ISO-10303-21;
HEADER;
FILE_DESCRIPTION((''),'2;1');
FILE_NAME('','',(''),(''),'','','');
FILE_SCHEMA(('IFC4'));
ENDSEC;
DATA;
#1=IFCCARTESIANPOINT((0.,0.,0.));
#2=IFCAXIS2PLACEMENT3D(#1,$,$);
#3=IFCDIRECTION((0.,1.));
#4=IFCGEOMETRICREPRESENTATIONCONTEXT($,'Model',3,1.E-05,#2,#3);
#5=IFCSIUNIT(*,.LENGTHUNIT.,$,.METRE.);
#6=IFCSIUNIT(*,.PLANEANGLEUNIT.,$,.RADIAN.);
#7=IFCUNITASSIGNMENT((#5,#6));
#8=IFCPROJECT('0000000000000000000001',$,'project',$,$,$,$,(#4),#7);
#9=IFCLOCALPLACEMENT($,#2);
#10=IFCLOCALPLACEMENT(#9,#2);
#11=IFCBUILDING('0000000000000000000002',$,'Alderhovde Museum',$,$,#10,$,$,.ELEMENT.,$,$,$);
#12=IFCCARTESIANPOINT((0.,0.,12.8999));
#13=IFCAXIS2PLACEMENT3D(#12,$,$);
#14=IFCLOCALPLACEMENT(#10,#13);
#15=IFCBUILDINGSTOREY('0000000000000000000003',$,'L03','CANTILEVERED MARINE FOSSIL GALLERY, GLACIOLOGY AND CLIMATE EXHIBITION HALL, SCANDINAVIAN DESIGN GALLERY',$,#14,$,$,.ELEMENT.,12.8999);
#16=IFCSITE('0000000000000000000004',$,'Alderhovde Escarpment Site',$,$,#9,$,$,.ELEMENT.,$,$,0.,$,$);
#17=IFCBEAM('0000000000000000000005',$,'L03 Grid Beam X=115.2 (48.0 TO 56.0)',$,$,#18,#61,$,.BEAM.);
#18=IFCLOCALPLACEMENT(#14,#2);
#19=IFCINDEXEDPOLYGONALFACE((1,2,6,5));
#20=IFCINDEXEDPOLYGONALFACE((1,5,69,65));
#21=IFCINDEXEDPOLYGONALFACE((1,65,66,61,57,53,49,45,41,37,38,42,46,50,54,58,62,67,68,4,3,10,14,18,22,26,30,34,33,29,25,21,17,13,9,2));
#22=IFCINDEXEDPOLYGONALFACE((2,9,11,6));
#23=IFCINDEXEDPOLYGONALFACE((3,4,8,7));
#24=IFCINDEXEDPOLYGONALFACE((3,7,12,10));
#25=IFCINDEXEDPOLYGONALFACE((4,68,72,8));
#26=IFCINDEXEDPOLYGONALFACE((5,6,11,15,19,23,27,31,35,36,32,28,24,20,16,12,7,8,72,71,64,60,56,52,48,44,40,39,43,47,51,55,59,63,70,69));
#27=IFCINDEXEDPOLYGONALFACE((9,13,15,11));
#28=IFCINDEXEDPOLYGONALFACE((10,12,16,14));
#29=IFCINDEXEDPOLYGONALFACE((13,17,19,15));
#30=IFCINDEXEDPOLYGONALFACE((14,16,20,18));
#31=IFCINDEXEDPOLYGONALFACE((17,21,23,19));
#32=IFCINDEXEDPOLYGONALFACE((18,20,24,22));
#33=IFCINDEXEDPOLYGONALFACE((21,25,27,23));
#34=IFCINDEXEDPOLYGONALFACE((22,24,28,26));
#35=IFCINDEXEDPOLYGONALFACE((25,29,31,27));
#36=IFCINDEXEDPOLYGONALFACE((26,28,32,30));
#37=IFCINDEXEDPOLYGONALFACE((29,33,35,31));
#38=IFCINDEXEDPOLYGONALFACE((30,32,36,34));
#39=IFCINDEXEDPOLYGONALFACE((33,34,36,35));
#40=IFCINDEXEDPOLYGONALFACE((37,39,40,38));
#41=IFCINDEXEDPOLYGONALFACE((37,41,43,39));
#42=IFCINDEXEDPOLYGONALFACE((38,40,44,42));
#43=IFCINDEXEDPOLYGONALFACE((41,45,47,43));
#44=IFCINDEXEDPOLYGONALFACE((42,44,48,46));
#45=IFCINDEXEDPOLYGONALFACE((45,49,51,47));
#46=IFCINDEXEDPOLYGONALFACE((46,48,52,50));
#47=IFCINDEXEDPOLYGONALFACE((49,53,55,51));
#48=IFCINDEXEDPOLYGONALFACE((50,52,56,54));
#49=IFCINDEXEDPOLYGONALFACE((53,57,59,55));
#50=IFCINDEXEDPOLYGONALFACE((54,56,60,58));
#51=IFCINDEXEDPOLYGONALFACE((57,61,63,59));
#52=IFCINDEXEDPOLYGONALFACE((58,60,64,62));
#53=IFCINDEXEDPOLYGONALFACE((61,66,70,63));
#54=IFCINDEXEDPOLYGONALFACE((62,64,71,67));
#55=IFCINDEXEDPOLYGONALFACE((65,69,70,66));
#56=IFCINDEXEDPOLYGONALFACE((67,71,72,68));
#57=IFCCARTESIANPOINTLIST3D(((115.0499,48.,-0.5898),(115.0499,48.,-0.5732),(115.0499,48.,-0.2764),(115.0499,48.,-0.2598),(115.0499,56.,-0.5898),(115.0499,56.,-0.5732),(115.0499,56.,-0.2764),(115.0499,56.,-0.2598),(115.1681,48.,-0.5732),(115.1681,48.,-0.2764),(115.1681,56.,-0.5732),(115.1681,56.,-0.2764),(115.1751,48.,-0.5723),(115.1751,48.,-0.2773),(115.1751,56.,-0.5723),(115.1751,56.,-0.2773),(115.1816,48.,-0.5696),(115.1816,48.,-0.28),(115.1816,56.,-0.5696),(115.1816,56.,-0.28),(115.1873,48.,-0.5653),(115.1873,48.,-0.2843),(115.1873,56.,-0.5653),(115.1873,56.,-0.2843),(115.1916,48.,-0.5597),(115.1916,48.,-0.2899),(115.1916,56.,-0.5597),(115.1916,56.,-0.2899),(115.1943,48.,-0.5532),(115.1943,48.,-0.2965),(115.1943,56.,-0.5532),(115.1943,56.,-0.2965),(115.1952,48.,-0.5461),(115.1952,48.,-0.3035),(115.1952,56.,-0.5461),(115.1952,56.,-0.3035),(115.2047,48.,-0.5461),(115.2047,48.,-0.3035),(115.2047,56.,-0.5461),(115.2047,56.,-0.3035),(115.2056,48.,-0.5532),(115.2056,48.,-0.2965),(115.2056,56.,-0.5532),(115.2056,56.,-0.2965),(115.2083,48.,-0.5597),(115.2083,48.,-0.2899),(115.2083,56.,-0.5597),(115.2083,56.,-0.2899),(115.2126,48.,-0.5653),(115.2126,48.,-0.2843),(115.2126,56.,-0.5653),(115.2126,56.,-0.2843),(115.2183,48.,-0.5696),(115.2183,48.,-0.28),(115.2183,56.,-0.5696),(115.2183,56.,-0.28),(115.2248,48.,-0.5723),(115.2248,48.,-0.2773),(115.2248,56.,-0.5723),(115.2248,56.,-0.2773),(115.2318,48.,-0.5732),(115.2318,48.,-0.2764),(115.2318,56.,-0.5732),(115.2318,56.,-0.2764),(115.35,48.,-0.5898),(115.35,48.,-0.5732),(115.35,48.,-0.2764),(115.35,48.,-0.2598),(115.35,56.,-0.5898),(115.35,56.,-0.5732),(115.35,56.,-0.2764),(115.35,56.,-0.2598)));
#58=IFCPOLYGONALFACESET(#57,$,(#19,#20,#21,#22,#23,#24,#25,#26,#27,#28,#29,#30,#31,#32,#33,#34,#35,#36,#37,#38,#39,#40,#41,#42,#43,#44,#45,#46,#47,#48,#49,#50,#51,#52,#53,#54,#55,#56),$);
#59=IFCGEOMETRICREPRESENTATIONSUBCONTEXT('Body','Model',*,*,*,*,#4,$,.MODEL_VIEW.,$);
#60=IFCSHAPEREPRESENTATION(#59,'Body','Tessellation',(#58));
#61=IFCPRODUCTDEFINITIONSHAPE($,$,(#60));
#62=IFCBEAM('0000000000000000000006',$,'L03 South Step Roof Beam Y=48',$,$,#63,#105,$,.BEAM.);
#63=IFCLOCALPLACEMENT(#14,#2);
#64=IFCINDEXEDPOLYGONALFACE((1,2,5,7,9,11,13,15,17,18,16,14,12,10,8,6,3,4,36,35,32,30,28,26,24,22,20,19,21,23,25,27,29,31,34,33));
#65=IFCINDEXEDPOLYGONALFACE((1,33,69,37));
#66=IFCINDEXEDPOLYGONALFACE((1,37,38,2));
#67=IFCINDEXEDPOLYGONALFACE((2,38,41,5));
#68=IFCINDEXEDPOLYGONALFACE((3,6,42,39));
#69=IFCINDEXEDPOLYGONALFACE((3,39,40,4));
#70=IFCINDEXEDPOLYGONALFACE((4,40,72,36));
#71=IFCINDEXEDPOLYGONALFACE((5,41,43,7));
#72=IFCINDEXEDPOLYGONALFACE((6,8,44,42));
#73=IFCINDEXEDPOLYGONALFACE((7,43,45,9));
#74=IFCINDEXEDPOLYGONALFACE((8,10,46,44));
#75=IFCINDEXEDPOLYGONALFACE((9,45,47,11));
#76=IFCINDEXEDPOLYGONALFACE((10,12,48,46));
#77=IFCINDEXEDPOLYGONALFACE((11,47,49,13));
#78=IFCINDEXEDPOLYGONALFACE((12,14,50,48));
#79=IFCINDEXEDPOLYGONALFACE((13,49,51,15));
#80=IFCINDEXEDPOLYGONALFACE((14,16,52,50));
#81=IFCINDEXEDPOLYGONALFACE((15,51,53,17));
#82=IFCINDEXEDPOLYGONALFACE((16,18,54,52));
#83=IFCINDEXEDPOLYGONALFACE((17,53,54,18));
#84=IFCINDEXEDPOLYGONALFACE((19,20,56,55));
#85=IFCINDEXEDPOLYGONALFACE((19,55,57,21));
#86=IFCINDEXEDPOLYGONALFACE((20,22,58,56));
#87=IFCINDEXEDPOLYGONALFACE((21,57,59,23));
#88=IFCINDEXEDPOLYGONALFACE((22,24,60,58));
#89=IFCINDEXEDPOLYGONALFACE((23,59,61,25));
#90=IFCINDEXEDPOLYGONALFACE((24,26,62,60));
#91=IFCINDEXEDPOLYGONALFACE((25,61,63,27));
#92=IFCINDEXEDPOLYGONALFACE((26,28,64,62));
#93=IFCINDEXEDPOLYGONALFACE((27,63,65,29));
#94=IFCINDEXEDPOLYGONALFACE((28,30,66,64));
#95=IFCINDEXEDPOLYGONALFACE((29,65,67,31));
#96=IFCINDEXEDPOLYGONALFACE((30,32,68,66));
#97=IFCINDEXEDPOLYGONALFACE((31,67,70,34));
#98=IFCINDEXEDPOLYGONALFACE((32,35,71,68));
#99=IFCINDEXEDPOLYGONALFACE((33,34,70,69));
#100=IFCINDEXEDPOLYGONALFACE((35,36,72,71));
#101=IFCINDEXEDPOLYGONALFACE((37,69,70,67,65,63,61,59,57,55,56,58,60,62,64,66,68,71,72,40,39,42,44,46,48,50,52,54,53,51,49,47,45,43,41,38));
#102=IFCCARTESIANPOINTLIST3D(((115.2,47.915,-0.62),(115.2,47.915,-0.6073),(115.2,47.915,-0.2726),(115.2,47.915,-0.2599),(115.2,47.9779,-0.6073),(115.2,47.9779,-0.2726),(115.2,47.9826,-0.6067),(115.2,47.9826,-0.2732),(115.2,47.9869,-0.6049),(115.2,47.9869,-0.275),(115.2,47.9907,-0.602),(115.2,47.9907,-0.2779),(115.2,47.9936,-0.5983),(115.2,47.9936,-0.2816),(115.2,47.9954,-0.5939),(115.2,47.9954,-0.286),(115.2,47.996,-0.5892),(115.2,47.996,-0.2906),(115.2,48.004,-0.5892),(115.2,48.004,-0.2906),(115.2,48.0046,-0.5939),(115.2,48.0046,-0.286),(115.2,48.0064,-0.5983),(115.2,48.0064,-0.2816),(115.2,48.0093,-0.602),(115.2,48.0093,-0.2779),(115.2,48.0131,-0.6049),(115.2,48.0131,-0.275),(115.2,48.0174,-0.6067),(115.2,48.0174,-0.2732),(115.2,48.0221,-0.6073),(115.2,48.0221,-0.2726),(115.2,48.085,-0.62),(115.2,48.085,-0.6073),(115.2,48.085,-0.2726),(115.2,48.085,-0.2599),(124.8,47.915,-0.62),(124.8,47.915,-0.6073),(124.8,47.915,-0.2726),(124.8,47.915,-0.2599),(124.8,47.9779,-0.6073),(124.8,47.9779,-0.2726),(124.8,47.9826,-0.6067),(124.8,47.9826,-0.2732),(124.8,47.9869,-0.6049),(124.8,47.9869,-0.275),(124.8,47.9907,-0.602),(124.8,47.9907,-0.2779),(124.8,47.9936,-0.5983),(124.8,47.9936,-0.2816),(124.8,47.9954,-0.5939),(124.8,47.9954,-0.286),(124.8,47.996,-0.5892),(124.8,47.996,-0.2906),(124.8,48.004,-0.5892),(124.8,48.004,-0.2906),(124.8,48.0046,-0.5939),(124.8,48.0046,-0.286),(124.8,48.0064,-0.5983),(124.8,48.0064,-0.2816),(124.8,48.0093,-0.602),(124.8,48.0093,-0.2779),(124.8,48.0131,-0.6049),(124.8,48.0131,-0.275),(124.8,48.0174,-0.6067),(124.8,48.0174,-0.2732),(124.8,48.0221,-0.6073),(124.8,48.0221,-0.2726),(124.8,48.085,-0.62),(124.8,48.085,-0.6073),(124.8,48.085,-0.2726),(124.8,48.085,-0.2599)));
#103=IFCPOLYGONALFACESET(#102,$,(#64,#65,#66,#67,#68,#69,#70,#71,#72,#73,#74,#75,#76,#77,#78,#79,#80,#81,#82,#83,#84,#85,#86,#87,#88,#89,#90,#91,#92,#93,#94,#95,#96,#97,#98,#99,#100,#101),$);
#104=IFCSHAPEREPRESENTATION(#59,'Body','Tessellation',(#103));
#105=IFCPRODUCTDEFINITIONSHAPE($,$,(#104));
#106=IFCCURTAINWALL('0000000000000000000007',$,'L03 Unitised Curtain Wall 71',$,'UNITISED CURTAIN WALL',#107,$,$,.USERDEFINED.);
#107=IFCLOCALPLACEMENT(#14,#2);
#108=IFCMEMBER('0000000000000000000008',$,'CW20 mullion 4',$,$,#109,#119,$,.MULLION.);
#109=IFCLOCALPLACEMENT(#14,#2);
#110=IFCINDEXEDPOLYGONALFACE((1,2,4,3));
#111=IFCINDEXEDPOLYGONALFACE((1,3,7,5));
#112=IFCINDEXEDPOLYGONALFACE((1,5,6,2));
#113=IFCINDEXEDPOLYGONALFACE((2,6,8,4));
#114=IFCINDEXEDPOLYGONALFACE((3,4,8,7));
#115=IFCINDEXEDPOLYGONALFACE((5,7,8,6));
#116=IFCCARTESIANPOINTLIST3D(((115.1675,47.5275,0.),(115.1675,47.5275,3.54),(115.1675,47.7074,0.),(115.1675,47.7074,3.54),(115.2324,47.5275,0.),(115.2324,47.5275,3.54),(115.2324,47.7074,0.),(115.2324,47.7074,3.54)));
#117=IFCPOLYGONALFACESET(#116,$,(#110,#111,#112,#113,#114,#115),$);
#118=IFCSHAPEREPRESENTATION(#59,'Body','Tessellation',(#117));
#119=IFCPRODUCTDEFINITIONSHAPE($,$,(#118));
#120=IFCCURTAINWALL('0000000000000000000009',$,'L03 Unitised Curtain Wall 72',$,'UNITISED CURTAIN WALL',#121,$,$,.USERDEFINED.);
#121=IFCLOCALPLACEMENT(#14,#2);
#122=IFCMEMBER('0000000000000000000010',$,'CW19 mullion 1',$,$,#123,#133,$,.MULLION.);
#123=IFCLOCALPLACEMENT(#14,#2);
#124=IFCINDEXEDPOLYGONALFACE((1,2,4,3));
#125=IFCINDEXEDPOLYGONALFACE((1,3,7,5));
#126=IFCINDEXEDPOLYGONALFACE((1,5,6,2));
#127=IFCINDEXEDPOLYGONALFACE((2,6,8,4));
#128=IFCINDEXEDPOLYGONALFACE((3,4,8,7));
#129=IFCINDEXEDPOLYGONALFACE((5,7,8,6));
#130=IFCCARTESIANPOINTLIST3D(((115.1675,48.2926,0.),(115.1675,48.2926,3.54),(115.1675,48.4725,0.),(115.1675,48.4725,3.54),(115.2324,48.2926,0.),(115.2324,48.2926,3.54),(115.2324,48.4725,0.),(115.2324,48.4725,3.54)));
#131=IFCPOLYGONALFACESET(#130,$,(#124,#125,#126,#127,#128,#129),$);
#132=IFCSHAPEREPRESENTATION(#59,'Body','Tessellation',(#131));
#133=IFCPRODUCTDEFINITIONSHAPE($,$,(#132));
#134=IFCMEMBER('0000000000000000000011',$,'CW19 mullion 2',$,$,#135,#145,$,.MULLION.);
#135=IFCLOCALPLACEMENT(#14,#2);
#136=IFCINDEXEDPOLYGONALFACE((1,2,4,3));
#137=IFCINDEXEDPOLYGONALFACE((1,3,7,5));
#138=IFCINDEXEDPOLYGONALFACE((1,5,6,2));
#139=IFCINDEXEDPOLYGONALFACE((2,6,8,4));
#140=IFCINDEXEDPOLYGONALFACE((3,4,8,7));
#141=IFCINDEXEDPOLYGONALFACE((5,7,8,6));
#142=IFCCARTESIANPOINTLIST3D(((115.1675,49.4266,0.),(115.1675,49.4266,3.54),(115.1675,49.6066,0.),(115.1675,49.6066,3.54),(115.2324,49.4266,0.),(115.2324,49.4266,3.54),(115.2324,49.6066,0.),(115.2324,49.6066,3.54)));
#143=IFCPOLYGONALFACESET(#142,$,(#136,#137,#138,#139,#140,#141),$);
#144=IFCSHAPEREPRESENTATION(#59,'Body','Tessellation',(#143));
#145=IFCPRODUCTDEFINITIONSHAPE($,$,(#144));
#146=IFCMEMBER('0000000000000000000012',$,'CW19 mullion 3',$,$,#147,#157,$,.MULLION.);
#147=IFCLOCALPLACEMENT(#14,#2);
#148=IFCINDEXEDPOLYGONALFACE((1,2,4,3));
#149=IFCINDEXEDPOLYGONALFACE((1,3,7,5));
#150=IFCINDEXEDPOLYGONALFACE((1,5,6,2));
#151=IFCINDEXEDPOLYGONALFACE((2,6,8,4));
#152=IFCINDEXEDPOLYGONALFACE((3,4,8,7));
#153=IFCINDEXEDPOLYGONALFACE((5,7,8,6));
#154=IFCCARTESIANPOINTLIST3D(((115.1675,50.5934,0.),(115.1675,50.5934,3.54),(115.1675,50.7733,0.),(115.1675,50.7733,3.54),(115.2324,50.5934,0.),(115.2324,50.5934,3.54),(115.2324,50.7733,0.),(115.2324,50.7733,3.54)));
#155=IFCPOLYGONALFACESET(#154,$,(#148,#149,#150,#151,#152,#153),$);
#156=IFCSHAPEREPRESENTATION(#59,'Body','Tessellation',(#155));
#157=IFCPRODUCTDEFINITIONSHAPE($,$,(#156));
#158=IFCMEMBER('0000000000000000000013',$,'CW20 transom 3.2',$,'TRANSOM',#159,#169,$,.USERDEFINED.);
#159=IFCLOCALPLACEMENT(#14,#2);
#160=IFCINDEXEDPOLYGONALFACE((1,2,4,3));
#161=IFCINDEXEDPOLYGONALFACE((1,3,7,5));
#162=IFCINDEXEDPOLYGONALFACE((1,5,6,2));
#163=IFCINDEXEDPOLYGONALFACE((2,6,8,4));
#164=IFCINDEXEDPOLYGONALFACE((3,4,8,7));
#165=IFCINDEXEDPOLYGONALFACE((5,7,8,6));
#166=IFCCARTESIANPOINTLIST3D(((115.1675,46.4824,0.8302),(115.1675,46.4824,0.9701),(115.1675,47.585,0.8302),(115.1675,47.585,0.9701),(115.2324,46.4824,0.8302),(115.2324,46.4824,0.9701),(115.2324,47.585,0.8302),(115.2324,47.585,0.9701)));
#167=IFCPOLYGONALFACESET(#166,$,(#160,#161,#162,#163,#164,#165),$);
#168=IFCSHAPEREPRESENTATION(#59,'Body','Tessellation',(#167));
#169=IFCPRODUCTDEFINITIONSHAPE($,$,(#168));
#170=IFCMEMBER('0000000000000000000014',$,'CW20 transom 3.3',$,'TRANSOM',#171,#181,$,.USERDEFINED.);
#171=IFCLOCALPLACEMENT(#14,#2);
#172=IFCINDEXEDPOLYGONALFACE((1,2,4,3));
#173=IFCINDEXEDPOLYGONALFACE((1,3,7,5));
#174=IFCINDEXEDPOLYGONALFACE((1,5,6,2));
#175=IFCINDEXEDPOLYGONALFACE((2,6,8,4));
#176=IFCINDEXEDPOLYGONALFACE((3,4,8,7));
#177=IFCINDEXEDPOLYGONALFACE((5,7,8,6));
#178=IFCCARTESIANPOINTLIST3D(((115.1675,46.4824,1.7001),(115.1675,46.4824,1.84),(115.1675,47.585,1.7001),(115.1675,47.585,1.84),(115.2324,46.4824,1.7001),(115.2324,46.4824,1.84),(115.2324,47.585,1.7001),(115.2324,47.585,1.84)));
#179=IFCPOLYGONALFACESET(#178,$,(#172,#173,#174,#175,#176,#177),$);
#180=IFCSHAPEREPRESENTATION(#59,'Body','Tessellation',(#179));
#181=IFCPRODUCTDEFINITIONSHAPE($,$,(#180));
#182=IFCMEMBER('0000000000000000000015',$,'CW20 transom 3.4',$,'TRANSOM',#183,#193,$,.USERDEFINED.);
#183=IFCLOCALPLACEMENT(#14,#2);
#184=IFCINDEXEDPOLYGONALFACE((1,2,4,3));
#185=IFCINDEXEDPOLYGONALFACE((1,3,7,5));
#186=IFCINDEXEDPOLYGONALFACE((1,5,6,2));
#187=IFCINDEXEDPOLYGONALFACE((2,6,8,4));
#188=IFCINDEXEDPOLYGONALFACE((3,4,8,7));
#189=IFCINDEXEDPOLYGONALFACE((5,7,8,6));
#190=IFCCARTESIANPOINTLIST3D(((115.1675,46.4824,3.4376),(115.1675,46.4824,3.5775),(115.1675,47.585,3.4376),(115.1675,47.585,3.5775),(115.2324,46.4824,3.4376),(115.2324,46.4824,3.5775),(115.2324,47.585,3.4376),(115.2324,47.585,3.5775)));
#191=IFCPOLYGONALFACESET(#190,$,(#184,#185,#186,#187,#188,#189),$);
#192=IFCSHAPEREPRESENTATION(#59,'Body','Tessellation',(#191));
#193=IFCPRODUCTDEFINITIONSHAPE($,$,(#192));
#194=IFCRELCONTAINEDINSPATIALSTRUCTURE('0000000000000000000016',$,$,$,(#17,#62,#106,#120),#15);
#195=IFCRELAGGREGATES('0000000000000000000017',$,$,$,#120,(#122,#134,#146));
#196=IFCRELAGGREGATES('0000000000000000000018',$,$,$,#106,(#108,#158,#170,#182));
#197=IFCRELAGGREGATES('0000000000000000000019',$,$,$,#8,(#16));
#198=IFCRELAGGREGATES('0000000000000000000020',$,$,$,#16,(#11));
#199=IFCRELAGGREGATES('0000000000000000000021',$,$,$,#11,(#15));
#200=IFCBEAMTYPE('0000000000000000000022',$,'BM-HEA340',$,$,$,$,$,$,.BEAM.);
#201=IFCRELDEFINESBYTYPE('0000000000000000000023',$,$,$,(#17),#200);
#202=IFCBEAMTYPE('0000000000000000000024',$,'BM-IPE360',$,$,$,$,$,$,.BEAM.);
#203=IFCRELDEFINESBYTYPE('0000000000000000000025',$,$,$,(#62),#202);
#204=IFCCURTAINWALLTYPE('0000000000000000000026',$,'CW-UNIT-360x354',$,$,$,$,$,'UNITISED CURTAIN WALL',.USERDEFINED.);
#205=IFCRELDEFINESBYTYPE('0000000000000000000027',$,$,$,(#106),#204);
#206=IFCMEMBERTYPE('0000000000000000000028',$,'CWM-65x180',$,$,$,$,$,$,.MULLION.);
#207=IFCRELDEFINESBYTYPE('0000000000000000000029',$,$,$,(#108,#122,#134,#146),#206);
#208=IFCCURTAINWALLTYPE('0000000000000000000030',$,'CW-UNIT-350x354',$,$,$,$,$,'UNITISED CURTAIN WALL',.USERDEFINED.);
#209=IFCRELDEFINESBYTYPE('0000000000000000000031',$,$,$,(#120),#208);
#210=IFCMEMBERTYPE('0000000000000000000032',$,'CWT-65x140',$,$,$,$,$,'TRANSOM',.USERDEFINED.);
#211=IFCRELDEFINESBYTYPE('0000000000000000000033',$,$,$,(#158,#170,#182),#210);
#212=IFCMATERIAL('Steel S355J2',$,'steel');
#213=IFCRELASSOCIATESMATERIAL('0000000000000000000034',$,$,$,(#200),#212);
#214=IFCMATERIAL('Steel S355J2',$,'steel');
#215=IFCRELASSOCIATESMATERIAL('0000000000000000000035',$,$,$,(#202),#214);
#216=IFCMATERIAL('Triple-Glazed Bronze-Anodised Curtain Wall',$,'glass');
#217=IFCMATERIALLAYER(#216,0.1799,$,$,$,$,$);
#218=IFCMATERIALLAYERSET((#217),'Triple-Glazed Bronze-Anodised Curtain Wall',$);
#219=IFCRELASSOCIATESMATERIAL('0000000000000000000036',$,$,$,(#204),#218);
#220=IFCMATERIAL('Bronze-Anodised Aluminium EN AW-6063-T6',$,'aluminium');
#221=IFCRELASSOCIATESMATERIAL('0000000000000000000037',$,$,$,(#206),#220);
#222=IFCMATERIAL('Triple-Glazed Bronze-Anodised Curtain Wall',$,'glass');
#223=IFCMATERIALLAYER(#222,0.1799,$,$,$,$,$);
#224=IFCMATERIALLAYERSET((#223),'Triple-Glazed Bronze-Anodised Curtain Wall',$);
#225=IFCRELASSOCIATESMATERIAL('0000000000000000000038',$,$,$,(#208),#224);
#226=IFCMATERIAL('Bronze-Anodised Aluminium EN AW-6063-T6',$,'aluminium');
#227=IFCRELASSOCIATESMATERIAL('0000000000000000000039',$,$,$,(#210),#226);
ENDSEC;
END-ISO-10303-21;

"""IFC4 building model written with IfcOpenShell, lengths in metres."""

from ifc_helpers import new_model, si_unit, direction, frame, origin, origin_2d, place, context, subcontext, project, spatial, rectangle, i_section, extrude, material, layer, layer_set, material_profile, profile_set, type_object, element, aggregate, save


model = new_model("IFC4")

# Units and contexts
model_context = context("Model", 3, precision=1e-05, world=origin(), true_north=direction((0.0, 1.0)))
body_context = subcontext(model_context, "Body", "Model", "MODEL_VIEW")
ifc_project = project(units=[si_unit("LENGTHUNIT", "METRE"), si_unit("PLANEANGLEUNIT", "RADIAN")], contexts=[model_context])

# Site, building, storey
site_placement = place(None, origin())
site = spatial("IfcSite", under=ifc_project, at=site_placement, Name="Alderhovde Escarpment Site", CompositionType="ELEMENT", RefElevation=0.0)
building_placement = place(site_placement, origin())
building = spatial("IfcBuilding", under=site, at=building_placement, Name="Alderhovde Museum", CompositionType="ELEMENT")
storey_placement = place(building_placement, frame((0.0, 0.0, 12.8999)))
storey = spatial("IfcBuildingStorey", under=building, at=storey_placement, Name="L03", Description="CANTILEVERED MARINE FOSSIL GALLERY, GLACIOLOGY AND CLIMATE EXHIBITION HALL, SCANDINAVIAN DESIGN GALLERY", CompositionType="ELEMENT", Elevation=12.8999)

# Beams
ifc_material_1 = material(Name="Steel S355J2", Category="steel")
ifc_material_profile_1 = material_profile(ifc_material_1, i_section(OverallWidth=0.3, OverallDepth=0.3301, WebThickness=0.0095, FlangeThickness=0.0166, FilletRadius=0.0271, at=origin_2d()), Name="HEA 340")
ifc_profile_set_1 = profile_set([ifc_material_profile_1], Name="Steel S355J2")
beam_type_1 = type_object("IfcBeamType", Name="BM-HEA340", PredefinedType="BEAM", material=ifc_profile_set_1)
beam_1_placement = place(storey_placement, frame((115.2, 48.0, -0.4248), z_axis=(0.0, 1.0, 0.0), x_axis=(-1.0, 0.0, 0.0)))
element("IfcBeam", 1, at=beam_1_placement, inside=storey, type_object=beam_type_1, Name="L03 Grid Beam X=115.2 (48.0 TO 56.0)", PredefinedType="BEAM", context=body_context, shape_type="SweptSolid", body=[
    extrude(i_section(OverallWidth=0.3, OverallDepth=0.3301, WebThickness=0.0095, FlangeThickness=0.0166, FilletRadius=0.0271, at=origin_2d()), origin(), (0.0, 0.0, 1.0), 8.0),
])
ifc_material_2 = material(Name="Steel S355J2", Category="steel")
ifc_material_profile_2 = material_profile(ifc_material_2, i_section(OverallWidth=0.1699, OverallDepth=0.3601, WebThickness=0.0081, FlangeThickness=0.0127, FilletRadius=0.0181, at=origin_2d()), Name="IPE 360")
ifc_profile_set_2 = profile_set([ifc_material_profile_2], Name="Steel S355J2")
beam_type_2 = type_object("IfcBeamType", Name="BM-IPE360", PredefinedType="BEAM", material=ifc_profile_set_2)
beam_2_placement = place(storey_placement, frame((115.2, 48.0, -0.4399), z_axis=(1.0, 0.0, 0.0), x_axis=(0.0, 1.0, 0.0)))
element("IfcBeam", 2, at=beam_2_placement, inside=storey, type_object=beam_type_2, Name="L03 South Step Roof Beam Y=48", PredefinedType="BEAM", context=body_context, shape_type="SweptSolid", body=[
    extrude(i_section(OverallWidth=0.1699, OverallDepth=0.3601, WebThickness=0.0081, FlangeThickness=0.0127, FilletRadius=0.0181, at=origin_2d()), origin(), (0.0, 0.0, 1.0), 9.6001),
])

# Curtain wall, member
ifc_material_3 = material(Name="Triple-Glazed Bronze-Anodised Curtain Wall", Category="glass")
ifc_layer_1 = layer(ifc_material_3, 0.1799)
ifc_layer_set_1 = layer_set([ifc_layer_1], Name="Triple-Glazed Bronze-Anodised Curtain Wall")
curtain_wall_type_1 = type_object("IfcCurtainWallType", Name="CW-UNIT-360x354", ElementType="UNITISED CURTAIN WALL", PredefinedType="USERDEFINED", material=ifc_layer_set_1)
curtain_wall_1_placement = place(storey_placement, origin())
curtain_wall_1 = element("IfcCurtainWall", 3, at=curtain_wall_1_placement, inside=storey, type_object=curtain_wall_type_1, Name="L03 Unitised Curtain Wall 71", ObjectType="UNITISED CURTAIN WALL", PredefinedType="USERDEFINED")
ifc_material_4 = material(Name="Bronze-Anodised Aluminium EN AW-6063-T6", Category="aluminium")
ifc_material_profile_3 = material_profile(ifc_material_4, rectangle(XDim=0.0649, YDim=0.1799, at=origin_2d()), Name="MULLION 65x180")
ifc_profile_set_3 = profile_set([ifc_material_profile_3], Name="Bronze-Anodised Aluminium EN AW-6063-T6")
member_type_1 = type_object("IfcMemberType", Name="CWM-65x180", PredefinedType="MULLION", material=ifc_profile_set_3)
member_1_placement = place(storey_placement, frame((115.2, 47.6174, 0.0), z_axis=(0.0, 0.0, 1.0), x_axis=(-1.0, 0.0, 0.0)))
member_1 = element("IfcMember", 4, at=member_1_placement, type_object=member_type_1, Name="CW20 mullion 4", PredefinedType="MULLION", context=body_context, shape_type="SweptSolid", body=[
    extrude(rectangle(XDim=0.0649, YDim=0.1799, at=origin_2d()), origin(), (0.0, 0.0, 1.0), 3.54),
])

# Curtain wall, members
ifc_material_5 = material(Name="Triple-Glazed Bronze-Anodised Curtain Wall", Category="glass")
ifc_layer_2 = layer(ifc_material_5, 0.1799)
ifc_layer_set_2 = layer_set([ifc_layer_2], Name="Triple-Glazed Bronze-Anodised Curtain Wall")
curtain_wall_type_2 = type_object("IfcCurtainWallType", Name="CW-UNIT-350x354", ElementType="UNITISED CURTAIN WALL", PredefinedType="USERDEFINED", material=ifc_layer_set_2)
curtain_wall_2_placement = place(storey_placement, origin())
curtain_wall_2 = element("IfcCurtainWall", 5, at=curtain_wall_2_placement, inside=storey, type_object=curtain_wall_type_2, Name="L03 Unitised Curtain Wall 72", ObjectType="UNITISED CURTAIN WALL", PredefinedType="USERDEFINED")
member_2_placement = place(storey_placement, frame((115.2, 48.3826, 0.0), z_axis=(0.0, 0.0, 1.0), x_axis=(-1.0, 0.0, 0.0)))
member_2 = element("IfcMember", 6, at=member_2_placement, type_object=member_type_1, Name="CW19 mullion 1", PredefinedType="MULLION", context=body_context, shape_type="SweptSolid", body=[
    extrude(rectangle(XDim=0.0649, YDim=0.1799, at=origin_2d()), origin(), (0.0, 0.0, 1.0), 3.54),
])
member_3_placement = place(storey_placement, frame((115.2, 49.5166, 0.0), z_axis=(0.0, 0.0, 1.0), x_axis=(-1.0, 0.0, 0.0)))
member_3 = element("IfcMember", 7, at=member_3_placement, type_object=member_type_1, Name="CW19 mullion 2", PredefinedType="MULLION", context=body_context, shape_type="SweptSolid", body=[
    extrude(rectangle(XDim=0.0649, YDim=0.1799, at=origin_2d()), origin(), (0.0, 0.0, 1.0), 3.54),
])
member_4_placement = place(storey_placement, frame((115.2, 50.6833, 0.0), z_axis=(0.0, 0.0, 1.0), x_axis=(-1.0, 0.0, 0.0)))
member_4 = element("IfcMember", 8, at=member_4_placement, type_object=member_type_1, Name="CW19 mullion 3", PredefinedType="MULLION", context=body_context, shape_type="SweptSolid", body=[
    extrude(rectangle(XDim=0.0649, YDim=0.1799, at=origin_2d()), origin(), (0.0, 0.0, 1.0), 3.54),
])

# Members
ifc_material_6 = material(Name="Bronze-Anodised Aluminium EN AW-6063-T6", Category="aluminium")
ifc_material_profile_4 = material_profile(ifc_material_6, rectangle(XDim=0.0649, YDim=0.1399, at=origin_2d()), Name="TRANSOM 65x140")
ifc_profile_set_4 = profile_set([ifc_material_profile_4], Name="Bronze-Anodised Aluminium EN AW-6063-T6")
member_type_2 = type_object("IfcMemberType", Name="CWT-65x140", ElementType="TRANSOM", PredefinedType="USERDEFINED", material=ifc_profile_set_4)
member_5_placement = place(storey_placement, frame((115.2, 46.4824, 0.9001), z_axis=(0.0, 1.0, 0.0), x_axis=(-1.0, 0.0, 0.0)))
member_5 = element("IfcMember", 9, at=member_5_placement, type_object=member_type_2, Name="CW20 transom 3.2", ObjectType="TRANSOM", PredefinedType="USERDEFINED", context=body_context, shape_type="SweptSolid", body=[
    extrude(rectangle(XDim=0.0649, YDim=0.1399, at=origin_2d()), origin(), (0.0, 0.0, 1.0), 1.1025),
])
member_6_placement = place(storey_placement, frame((115.2, 46.4824, 1.77), z_axis=(0.0, 1.0, 0.0), x_axis=(-1.0, 0.0, 0.0)))
member_6 = element("IfcMember", 10, at=member_6_placement, type_object=member_type_2, Name="CW20 transom 3.3", ObjectType="TRANSOM", PredefinedType="USERDEFINED", context=body_context, shape_type="SweptSolid", body=[
    extrude(rectangle(XDim=0.0649, YDim=0.1399, at=origin_2d()), origin(), (0.0, 0.0, 1.0), 1.1025),
])
member_7_placement = place(storey_placement, frame((115.2, 46.4824, 3.5076), z_axis=(0.0, 1.0, 0.0), x_axis=(-1.0, 0.0, 0.0)))
member_7 = element("IfcMember", 11, at=member_7_placement, type_object=member_type_2, Name="CW20 transom 3.4", ObjectType="TRANSOM", PredefinedType="USERDEFINED", context=body_context, shape_type="SweptSolid", body=[
    extrude(rectangle(XDim=0.0649, YDim=0.1399, at=origin_2d()), origin(), (0.0, 0.0, 1.0), 1.1025),
])

aggregate(curtain_wall_2, [member_2, member_3, member_4])
aggregate(curtain_wall_1, [member_1, member_5, member_6, member_7])

save(model, "model.ifc")
